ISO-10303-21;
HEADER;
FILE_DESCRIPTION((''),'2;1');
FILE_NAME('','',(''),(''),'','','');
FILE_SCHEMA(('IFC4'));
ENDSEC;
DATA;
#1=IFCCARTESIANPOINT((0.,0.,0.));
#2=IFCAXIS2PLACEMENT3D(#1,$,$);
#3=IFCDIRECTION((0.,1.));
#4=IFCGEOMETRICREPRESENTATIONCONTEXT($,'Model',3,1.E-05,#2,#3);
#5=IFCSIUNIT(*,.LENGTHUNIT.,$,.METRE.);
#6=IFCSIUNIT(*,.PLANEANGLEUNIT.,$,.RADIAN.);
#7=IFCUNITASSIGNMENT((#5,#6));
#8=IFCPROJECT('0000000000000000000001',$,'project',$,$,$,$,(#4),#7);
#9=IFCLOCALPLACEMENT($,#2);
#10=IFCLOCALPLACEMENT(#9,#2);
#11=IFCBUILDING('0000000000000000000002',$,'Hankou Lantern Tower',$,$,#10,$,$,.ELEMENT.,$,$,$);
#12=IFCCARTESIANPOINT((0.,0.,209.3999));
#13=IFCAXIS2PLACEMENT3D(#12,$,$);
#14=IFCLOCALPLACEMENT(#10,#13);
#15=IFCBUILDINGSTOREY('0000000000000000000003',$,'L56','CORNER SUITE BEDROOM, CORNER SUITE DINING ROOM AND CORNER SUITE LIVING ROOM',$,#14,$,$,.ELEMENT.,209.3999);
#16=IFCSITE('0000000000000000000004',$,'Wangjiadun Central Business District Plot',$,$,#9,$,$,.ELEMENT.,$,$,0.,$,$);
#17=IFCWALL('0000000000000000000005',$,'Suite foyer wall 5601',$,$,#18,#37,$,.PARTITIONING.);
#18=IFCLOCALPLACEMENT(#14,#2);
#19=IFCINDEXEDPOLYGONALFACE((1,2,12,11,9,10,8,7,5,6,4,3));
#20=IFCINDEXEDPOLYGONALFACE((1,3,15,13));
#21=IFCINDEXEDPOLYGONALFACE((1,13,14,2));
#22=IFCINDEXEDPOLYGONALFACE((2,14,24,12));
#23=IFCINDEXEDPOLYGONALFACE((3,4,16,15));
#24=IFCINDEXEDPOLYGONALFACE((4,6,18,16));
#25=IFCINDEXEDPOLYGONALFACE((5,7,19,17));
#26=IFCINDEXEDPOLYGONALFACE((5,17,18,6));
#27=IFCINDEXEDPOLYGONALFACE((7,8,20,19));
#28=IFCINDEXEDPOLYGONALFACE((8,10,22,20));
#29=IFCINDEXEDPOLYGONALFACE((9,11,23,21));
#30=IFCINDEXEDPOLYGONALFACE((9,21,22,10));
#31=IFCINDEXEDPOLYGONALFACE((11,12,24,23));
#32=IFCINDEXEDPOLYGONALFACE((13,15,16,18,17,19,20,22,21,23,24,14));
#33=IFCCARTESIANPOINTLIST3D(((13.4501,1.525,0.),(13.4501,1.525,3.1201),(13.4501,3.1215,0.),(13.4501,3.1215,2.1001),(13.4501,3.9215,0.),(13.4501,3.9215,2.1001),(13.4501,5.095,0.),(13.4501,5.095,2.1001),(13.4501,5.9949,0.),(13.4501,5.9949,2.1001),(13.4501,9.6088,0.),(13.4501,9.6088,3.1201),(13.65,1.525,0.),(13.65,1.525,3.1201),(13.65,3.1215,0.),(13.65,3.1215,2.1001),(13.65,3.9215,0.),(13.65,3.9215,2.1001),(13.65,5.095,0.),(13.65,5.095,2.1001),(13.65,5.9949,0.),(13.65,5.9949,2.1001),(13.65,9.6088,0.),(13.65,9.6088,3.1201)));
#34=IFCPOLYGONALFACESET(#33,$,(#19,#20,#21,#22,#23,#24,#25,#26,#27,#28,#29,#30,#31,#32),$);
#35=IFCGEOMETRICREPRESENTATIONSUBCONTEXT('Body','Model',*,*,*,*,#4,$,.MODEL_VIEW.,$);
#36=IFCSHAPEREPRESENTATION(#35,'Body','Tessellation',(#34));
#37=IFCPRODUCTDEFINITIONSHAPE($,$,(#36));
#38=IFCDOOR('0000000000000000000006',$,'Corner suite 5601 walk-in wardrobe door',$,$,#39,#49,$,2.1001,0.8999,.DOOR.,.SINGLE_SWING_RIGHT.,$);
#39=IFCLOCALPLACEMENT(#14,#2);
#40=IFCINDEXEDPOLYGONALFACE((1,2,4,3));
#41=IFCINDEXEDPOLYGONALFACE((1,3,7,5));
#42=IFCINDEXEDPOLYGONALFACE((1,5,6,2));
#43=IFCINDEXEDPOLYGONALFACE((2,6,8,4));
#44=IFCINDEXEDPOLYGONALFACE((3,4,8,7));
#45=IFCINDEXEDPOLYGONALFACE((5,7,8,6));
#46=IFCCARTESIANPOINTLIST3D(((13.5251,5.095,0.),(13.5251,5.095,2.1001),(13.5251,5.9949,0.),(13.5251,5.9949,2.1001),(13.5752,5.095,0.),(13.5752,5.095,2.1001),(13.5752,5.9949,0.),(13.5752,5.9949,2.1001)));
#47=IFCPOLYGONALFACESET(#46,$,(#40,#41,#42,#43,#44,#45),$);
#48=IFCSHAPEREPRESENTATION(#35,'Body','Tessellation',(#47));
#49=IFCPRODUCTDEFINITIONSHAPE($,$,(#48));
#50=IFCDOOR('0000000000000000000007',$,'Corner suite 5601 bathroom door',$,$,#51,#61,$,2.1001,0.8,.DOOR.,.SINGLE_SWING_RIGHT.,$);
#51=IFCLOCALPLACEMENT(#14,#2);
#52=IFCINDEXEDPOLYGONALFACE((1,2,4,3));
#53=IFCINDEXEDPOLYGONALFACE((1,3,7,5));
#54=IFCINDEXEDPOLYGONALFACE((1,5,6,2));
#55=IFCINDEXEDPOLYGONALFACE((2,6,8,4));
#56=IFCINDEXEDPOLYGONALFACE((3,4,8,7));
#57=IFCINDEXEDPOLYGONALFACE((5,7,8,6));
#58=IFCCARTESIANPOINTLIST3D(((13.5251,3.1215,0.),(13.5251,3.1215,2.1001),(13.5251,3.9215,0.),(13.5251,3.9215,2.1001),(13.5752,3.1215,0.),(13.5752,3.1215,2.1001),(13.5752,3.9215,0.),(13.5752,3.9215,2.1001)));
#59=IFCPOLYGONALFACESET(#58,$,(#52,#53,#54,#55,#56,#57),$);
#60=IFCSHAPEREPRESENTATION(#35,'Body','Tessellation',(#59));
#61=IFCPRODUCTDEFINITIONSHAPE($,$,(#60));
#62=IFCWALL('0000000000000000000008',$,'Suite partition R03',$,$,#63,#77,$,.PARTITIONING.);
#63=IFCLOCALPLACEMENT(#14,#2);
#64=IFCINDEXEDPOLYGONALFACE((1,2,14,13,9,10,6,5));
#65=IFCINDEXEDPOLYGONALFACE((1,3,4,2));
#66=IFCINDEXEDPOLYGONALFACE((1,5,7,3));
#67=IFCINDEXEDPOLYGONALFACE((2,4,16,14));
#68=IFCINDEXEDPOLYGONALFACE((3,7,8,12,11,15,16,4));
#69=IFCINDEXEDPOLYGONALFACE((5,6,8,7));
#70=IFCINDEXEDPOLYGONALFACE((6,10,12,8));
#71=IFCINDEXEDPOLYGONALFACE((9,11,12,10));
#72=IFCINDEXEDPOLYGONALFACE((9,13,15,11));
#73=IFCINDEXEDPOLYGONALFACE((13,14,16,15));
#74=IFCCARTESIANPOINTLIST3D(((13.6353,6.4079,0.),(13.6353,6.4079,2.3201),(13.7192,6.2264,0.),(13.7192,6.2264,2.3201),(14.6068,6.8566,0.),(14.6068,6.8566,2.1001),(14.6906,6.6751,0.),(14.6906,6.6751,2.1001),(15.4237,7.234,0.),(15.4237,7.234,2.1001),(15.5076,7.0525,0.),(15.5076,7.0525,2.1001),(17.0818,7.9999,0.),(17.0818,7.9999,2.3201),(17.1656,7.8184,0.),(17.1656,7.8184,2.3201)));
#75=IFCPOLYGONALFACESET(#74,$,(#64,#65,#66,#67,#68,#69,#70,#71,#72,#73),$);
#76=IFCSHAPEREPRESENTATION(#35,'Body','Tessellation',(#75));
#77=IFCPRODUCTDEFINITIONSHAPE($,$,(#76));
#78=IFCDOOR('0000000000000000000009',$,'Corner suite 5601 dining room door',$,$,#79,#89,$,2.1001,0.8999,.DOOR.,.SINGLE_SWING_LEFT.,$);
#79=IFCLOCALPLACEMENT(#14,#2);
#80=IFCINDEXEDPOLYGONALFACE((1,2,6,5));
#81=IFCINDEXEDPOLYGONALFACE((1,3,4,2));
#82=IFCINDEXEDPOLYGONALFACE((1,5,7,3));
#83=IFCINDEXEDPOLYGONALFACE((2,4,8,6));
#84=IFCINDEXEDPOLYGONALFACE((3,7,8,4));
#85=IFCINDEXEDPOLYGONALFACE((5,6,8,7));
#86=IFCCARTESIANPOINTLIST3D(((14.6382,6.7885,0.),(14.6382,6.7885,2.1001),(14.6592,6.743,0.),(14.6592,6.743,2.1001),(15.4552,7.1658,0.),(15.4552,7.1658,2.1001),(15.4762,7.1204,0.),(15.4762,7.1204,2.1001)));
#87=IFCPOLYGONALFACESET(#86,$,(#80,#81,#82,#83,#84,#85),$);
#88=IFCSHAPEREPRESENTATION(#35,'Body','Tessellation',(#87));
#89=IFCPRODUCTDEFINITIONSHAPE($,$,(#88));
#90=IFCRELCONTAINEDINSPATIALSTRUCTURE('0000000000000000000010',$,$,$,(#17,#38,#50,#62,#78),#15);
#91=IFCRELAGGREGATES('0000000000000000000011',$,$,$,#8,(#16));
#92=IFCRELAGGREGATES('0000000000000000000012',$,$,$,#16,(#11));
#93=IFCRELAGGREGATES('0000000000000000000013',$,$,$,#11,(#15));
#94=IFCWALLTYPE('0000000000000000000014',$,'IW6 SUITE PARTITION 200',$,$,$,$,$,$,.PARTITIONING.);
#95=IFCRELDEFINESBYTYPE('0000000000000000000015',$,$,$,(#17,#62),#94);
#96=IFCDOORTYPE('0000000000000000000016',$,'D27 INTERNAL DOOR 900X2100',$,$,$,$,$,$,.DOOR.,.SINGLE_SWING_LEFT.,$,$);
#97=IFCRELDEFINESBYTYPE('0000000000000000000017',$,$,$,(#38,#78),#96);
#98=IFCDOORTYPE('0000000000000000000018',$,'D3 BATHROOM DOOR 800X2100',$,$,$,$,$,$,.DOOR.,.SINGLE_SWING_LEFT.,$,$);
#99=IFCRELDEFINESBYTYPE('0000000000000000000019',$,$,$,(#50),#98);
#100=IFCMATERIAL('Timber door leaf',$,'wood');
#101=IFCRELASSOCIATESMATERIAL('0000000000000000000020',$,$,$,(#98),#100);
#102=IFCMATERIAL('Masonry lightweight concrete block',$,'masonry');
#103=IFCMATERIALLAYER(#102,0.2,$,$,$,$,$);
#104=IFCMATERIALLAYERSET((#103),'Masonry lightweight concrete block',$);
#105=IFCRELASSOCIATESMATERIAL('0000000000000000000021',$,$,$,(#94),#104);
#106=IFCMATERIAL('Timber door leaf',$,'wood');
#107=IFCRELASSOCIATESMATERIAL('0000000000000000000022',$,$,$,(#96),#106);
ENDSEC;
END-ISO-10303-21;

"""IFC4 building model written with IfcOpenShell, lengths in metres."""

from ifc_helpers import new_model, si_unit, direction, frame, frame_2d, origin, place, context, subcontext, project, spatial, rectangle, extrude, material, layer, layer_set, type_object, element, fill, save


model = new_model("IFC4")

# Units and contexts
model_context = context("Model", 3, precision=1e-05, world=origin(), true_north=direction((0.0, 1.0)))
body_context = subcontext(model_context, "Body", "Model", "MODEL_VIEW")
ifc_project = project(units=[si_unit("LENGTHUNIT", "METRE"), si_unit("PLANEANGLEUNIT", "RADIAN")], contexts=[model_context])

# Site, building, storey
site_placement = place(None, origin())
site = spatial("IfcSite", under=ifc_project, at=site_placement, Name="Wangjiadun Central Business District Plot", CompositionType="ELEMENT", RefElevation=0.0)
building_placement = place(site_placement, origin())
building = spatial("IfcBuilding", under=site, at=building_placement, Name="Hankou Lantern Tower", CompositionType="ELEMENT")
storey_placement = place(building_placement, frame((0.0, 0.0, 209.3999)))
storey = spatial("IfcBuildingStorey", under=building, at=storey_placement, Name="L56", Description="CORNER SUITE BEDROOM, CORNER SUITE DINING ROOM AND CORNER SUITE LIVING ROOM", CompositionType="ELEMENT", Elevation=209.3999)

# Shared definitions
ifc_material_1 = material(Name="Timber door leaf", Category="wood")
door_type_1 = type_object("IfcDoorType", Name="D3 BATHROOM DOOR 800X2100", OperationType="SINGLE_SWING_LEFT", PredefinedType="DOOR", material=ifc_material_1)

# Wall, openings, doors
ifc_material_2 = material(Name="Masonry lightweight concrete block", Category="masonry")
ifc_layer_1 = layer(ifc_material_2, 0.2)
ifc_layer_set_1 = layer_set([ifc_layer_1], Name="Masonry lightweight concrete block")
wall_type_1 = type_object("IfcWallType", Name="IW6 SUITE PARTITION 200", PredefinedType="PARTITIONING", material=ifc_layer_set_1)
wall_1_placement = place(storey_placement, frame((13.55, 1.5249, 0.0), z_axis=(0.0, 0.0, 1.0), x_axis=(0.0, 1.0, 0.0)))
wall_1 = element("IfcWall", 1, at=wall_1_placement, inside=storey, type_object=wall_type_1, Name="Suite foyer wall 5601", PredefinedType="PARTITIONING", context=body_context, shape_type="SweptSolid", body=[
    extrude(rectangle(XDim=8.0837, YDim=0.2, at=frame_2d((4.042, 0.0))), origin(), (0.0, 0.0, 1.0), 3.1201),
])
opening_1_placement = place(wall_1_placement, frame((1.5967, 0.0, 0.0)))
opening_1 = element("IfcOpeningElement", 2, at=opening_1_placement, cuts=wall_1, PredefinedType="OPENING", context=body_context, shape_type="SweptSolid", body=[
    extrude(rectangle(XDim=0.8, YDim=2.1001, at=frame_2d((0.3999, 1.05))), frame((0.0, 0.1099, 0.0), z_axis=(0.0, -1.0, 0.0), x_axis=(1.0, 0.0, 0.0)), (0.0, 0.0, 1.0), 0.22),
])
opening_2_placement = place(wall_1_placement, frame((3.5701, 0.0, 0.0)))
opening_2 = element("IfcOpeningElement", 3, at=opening_2_placement, cuts=wall_1, PredefinedType="OPENING", context=body_context, shape_type="SweptSolid", body=[
    extrude(rectangle(XDim=0.8999, YDim=2.1001, at=frame_2d((0.45, 1.05))), frame((0.0, 0.1099, 0.0), z_axis=(0.0, -1.0, 0.0), x_axis=(1.0, 0.0, 0.0)), (0.0, 0.0, 1.0), 0.22),
])
ifc_material_3 = material(Name="Timber door leaf", Category="wood")
door_type_2 = type_object("IfcDoorType", Name="D27 INTERNAL DOOR 900X2100", OperationType="SINGLE_SWING_LEFT", PredefinedType="DOOR", material=ifc_material_3)
door_1_placement = place(opening_2_placement, origin())
door_1 = element("IfcDoor", 4, at=door_1_placement, inside=storey, type_object=door_type_2, Name="Corner suite 5601 walk-in wardrobe door", OperationType="SINGLE_SWING_RIGHT", OverallHeight=2.1001, OverallWidth=0.8999, PredefinedType="DOOR", context=body_context, shape_type="SweptSolid", body=[
    extrude(rectangle(XDim=0.8999, YDim=2.1001, at=frame_2d((0.45, 1.05))), frame((0.0, 0.0249, 0.0), z_axis=(0.0, -1.0, 0.0), x_axis=(1.0, 0.0, 0.0)), (0.0, 0.0, 1.0), 0.05),
])
fill(opening_2, door_1)
door_2_placement = place(opening_1_placement, origin())
door_2 = element("IfcDoor", 5, at=door_2_placement, inside=storey, type_object=door_type_1, Name="Corner suite 5601 bathroom door", OperationType="SINGLE_SWING_RIGHT", OverallHeight=2.1001, OverallWidth=0.8, PredefinedType="DOOR", context=body_context, shape_type="SweptSolid", body=[
    extrude(rectangle(XDim=0.8, YDim=2.1001, at=frame_2d((0.3999, 1.05))), frame((0.0, 0.0249, 0.0), z_axis=(0.0, -1.0, 0.0), x_axis=(1.0, 0.0, 0.0)), (0.0, 0.0, 1.0), 0.05),
])
fill(opening_1, door_2)

# Wall, opening, door
wall_2_placement = place(storey_placement, frame((13.6772, 6.3171, 0.0), z_axis=(0.0, 0.0, 1.0), x_axis=(0.907826, 0.419348, 0.0)))
wall_2 = element("IfcWall", 6, at=wall_2_placement, inside=storey, type_object=wall_type_1, Name="Suite partition R03", PredefinedType="PARTITIONING", context=body_context, shape_type="SweptSolid", body=[
    extrude(rectangle(XDim=3.7964, YDim=0.2, at=frame_2d((1.8982, 0.0))), origin(), (0.0, 0.0, 1.0), 2.3201),
])
opening_3_placement = place(wall_2_placement, frame((1.0701, 0.0, 0.0)))
opening_3 = element("IfcOpeningElement", 7, at=opening_3_placement, cuts=wall_2, PredefinedType="OPENING", context=body_context, shape_type="SweptSolid", body=[
    extrude(rectangle(XDim=0.8999, YDim=2.1001, at=frame_2d((0.45, 1.05))), frame((0.0, 0.1099, 0.0), z_axis=(0.0, -1.0, 0.0), x_axis=(1.0, 0.0, 0.0)), (0.0, 0.0, 1.0), 0.22),
])
door_3_placement = place(opening_3_placement, origin())
door_3 = element("IfcDoor", 8, at=door_3_placement, inside=storey, type_object=door_type_2, Name="Corner suite 5601 dining room door", OperationType="SINGLE_SWING_LEFT", OverallHeight=2.1001, OverallWidth=0.8999, PredefinedType="DOOR", context=body_context, shape_type="SweptSolid", body=[
    extrude(rectangle(XDim=0.8999, YDim=2.1001, at=frame_2d((0.45, 1.05))), frame((0.0, 0.0249, 0.0), z_axis=(0.0, -1.0, 0.0), x_axis=(1.0, 0.0, 0.0)), (0.0, 0.0, 1.0), 0.05),
])
fill(opening_3, door_3)

save(model, "model.ifc")
